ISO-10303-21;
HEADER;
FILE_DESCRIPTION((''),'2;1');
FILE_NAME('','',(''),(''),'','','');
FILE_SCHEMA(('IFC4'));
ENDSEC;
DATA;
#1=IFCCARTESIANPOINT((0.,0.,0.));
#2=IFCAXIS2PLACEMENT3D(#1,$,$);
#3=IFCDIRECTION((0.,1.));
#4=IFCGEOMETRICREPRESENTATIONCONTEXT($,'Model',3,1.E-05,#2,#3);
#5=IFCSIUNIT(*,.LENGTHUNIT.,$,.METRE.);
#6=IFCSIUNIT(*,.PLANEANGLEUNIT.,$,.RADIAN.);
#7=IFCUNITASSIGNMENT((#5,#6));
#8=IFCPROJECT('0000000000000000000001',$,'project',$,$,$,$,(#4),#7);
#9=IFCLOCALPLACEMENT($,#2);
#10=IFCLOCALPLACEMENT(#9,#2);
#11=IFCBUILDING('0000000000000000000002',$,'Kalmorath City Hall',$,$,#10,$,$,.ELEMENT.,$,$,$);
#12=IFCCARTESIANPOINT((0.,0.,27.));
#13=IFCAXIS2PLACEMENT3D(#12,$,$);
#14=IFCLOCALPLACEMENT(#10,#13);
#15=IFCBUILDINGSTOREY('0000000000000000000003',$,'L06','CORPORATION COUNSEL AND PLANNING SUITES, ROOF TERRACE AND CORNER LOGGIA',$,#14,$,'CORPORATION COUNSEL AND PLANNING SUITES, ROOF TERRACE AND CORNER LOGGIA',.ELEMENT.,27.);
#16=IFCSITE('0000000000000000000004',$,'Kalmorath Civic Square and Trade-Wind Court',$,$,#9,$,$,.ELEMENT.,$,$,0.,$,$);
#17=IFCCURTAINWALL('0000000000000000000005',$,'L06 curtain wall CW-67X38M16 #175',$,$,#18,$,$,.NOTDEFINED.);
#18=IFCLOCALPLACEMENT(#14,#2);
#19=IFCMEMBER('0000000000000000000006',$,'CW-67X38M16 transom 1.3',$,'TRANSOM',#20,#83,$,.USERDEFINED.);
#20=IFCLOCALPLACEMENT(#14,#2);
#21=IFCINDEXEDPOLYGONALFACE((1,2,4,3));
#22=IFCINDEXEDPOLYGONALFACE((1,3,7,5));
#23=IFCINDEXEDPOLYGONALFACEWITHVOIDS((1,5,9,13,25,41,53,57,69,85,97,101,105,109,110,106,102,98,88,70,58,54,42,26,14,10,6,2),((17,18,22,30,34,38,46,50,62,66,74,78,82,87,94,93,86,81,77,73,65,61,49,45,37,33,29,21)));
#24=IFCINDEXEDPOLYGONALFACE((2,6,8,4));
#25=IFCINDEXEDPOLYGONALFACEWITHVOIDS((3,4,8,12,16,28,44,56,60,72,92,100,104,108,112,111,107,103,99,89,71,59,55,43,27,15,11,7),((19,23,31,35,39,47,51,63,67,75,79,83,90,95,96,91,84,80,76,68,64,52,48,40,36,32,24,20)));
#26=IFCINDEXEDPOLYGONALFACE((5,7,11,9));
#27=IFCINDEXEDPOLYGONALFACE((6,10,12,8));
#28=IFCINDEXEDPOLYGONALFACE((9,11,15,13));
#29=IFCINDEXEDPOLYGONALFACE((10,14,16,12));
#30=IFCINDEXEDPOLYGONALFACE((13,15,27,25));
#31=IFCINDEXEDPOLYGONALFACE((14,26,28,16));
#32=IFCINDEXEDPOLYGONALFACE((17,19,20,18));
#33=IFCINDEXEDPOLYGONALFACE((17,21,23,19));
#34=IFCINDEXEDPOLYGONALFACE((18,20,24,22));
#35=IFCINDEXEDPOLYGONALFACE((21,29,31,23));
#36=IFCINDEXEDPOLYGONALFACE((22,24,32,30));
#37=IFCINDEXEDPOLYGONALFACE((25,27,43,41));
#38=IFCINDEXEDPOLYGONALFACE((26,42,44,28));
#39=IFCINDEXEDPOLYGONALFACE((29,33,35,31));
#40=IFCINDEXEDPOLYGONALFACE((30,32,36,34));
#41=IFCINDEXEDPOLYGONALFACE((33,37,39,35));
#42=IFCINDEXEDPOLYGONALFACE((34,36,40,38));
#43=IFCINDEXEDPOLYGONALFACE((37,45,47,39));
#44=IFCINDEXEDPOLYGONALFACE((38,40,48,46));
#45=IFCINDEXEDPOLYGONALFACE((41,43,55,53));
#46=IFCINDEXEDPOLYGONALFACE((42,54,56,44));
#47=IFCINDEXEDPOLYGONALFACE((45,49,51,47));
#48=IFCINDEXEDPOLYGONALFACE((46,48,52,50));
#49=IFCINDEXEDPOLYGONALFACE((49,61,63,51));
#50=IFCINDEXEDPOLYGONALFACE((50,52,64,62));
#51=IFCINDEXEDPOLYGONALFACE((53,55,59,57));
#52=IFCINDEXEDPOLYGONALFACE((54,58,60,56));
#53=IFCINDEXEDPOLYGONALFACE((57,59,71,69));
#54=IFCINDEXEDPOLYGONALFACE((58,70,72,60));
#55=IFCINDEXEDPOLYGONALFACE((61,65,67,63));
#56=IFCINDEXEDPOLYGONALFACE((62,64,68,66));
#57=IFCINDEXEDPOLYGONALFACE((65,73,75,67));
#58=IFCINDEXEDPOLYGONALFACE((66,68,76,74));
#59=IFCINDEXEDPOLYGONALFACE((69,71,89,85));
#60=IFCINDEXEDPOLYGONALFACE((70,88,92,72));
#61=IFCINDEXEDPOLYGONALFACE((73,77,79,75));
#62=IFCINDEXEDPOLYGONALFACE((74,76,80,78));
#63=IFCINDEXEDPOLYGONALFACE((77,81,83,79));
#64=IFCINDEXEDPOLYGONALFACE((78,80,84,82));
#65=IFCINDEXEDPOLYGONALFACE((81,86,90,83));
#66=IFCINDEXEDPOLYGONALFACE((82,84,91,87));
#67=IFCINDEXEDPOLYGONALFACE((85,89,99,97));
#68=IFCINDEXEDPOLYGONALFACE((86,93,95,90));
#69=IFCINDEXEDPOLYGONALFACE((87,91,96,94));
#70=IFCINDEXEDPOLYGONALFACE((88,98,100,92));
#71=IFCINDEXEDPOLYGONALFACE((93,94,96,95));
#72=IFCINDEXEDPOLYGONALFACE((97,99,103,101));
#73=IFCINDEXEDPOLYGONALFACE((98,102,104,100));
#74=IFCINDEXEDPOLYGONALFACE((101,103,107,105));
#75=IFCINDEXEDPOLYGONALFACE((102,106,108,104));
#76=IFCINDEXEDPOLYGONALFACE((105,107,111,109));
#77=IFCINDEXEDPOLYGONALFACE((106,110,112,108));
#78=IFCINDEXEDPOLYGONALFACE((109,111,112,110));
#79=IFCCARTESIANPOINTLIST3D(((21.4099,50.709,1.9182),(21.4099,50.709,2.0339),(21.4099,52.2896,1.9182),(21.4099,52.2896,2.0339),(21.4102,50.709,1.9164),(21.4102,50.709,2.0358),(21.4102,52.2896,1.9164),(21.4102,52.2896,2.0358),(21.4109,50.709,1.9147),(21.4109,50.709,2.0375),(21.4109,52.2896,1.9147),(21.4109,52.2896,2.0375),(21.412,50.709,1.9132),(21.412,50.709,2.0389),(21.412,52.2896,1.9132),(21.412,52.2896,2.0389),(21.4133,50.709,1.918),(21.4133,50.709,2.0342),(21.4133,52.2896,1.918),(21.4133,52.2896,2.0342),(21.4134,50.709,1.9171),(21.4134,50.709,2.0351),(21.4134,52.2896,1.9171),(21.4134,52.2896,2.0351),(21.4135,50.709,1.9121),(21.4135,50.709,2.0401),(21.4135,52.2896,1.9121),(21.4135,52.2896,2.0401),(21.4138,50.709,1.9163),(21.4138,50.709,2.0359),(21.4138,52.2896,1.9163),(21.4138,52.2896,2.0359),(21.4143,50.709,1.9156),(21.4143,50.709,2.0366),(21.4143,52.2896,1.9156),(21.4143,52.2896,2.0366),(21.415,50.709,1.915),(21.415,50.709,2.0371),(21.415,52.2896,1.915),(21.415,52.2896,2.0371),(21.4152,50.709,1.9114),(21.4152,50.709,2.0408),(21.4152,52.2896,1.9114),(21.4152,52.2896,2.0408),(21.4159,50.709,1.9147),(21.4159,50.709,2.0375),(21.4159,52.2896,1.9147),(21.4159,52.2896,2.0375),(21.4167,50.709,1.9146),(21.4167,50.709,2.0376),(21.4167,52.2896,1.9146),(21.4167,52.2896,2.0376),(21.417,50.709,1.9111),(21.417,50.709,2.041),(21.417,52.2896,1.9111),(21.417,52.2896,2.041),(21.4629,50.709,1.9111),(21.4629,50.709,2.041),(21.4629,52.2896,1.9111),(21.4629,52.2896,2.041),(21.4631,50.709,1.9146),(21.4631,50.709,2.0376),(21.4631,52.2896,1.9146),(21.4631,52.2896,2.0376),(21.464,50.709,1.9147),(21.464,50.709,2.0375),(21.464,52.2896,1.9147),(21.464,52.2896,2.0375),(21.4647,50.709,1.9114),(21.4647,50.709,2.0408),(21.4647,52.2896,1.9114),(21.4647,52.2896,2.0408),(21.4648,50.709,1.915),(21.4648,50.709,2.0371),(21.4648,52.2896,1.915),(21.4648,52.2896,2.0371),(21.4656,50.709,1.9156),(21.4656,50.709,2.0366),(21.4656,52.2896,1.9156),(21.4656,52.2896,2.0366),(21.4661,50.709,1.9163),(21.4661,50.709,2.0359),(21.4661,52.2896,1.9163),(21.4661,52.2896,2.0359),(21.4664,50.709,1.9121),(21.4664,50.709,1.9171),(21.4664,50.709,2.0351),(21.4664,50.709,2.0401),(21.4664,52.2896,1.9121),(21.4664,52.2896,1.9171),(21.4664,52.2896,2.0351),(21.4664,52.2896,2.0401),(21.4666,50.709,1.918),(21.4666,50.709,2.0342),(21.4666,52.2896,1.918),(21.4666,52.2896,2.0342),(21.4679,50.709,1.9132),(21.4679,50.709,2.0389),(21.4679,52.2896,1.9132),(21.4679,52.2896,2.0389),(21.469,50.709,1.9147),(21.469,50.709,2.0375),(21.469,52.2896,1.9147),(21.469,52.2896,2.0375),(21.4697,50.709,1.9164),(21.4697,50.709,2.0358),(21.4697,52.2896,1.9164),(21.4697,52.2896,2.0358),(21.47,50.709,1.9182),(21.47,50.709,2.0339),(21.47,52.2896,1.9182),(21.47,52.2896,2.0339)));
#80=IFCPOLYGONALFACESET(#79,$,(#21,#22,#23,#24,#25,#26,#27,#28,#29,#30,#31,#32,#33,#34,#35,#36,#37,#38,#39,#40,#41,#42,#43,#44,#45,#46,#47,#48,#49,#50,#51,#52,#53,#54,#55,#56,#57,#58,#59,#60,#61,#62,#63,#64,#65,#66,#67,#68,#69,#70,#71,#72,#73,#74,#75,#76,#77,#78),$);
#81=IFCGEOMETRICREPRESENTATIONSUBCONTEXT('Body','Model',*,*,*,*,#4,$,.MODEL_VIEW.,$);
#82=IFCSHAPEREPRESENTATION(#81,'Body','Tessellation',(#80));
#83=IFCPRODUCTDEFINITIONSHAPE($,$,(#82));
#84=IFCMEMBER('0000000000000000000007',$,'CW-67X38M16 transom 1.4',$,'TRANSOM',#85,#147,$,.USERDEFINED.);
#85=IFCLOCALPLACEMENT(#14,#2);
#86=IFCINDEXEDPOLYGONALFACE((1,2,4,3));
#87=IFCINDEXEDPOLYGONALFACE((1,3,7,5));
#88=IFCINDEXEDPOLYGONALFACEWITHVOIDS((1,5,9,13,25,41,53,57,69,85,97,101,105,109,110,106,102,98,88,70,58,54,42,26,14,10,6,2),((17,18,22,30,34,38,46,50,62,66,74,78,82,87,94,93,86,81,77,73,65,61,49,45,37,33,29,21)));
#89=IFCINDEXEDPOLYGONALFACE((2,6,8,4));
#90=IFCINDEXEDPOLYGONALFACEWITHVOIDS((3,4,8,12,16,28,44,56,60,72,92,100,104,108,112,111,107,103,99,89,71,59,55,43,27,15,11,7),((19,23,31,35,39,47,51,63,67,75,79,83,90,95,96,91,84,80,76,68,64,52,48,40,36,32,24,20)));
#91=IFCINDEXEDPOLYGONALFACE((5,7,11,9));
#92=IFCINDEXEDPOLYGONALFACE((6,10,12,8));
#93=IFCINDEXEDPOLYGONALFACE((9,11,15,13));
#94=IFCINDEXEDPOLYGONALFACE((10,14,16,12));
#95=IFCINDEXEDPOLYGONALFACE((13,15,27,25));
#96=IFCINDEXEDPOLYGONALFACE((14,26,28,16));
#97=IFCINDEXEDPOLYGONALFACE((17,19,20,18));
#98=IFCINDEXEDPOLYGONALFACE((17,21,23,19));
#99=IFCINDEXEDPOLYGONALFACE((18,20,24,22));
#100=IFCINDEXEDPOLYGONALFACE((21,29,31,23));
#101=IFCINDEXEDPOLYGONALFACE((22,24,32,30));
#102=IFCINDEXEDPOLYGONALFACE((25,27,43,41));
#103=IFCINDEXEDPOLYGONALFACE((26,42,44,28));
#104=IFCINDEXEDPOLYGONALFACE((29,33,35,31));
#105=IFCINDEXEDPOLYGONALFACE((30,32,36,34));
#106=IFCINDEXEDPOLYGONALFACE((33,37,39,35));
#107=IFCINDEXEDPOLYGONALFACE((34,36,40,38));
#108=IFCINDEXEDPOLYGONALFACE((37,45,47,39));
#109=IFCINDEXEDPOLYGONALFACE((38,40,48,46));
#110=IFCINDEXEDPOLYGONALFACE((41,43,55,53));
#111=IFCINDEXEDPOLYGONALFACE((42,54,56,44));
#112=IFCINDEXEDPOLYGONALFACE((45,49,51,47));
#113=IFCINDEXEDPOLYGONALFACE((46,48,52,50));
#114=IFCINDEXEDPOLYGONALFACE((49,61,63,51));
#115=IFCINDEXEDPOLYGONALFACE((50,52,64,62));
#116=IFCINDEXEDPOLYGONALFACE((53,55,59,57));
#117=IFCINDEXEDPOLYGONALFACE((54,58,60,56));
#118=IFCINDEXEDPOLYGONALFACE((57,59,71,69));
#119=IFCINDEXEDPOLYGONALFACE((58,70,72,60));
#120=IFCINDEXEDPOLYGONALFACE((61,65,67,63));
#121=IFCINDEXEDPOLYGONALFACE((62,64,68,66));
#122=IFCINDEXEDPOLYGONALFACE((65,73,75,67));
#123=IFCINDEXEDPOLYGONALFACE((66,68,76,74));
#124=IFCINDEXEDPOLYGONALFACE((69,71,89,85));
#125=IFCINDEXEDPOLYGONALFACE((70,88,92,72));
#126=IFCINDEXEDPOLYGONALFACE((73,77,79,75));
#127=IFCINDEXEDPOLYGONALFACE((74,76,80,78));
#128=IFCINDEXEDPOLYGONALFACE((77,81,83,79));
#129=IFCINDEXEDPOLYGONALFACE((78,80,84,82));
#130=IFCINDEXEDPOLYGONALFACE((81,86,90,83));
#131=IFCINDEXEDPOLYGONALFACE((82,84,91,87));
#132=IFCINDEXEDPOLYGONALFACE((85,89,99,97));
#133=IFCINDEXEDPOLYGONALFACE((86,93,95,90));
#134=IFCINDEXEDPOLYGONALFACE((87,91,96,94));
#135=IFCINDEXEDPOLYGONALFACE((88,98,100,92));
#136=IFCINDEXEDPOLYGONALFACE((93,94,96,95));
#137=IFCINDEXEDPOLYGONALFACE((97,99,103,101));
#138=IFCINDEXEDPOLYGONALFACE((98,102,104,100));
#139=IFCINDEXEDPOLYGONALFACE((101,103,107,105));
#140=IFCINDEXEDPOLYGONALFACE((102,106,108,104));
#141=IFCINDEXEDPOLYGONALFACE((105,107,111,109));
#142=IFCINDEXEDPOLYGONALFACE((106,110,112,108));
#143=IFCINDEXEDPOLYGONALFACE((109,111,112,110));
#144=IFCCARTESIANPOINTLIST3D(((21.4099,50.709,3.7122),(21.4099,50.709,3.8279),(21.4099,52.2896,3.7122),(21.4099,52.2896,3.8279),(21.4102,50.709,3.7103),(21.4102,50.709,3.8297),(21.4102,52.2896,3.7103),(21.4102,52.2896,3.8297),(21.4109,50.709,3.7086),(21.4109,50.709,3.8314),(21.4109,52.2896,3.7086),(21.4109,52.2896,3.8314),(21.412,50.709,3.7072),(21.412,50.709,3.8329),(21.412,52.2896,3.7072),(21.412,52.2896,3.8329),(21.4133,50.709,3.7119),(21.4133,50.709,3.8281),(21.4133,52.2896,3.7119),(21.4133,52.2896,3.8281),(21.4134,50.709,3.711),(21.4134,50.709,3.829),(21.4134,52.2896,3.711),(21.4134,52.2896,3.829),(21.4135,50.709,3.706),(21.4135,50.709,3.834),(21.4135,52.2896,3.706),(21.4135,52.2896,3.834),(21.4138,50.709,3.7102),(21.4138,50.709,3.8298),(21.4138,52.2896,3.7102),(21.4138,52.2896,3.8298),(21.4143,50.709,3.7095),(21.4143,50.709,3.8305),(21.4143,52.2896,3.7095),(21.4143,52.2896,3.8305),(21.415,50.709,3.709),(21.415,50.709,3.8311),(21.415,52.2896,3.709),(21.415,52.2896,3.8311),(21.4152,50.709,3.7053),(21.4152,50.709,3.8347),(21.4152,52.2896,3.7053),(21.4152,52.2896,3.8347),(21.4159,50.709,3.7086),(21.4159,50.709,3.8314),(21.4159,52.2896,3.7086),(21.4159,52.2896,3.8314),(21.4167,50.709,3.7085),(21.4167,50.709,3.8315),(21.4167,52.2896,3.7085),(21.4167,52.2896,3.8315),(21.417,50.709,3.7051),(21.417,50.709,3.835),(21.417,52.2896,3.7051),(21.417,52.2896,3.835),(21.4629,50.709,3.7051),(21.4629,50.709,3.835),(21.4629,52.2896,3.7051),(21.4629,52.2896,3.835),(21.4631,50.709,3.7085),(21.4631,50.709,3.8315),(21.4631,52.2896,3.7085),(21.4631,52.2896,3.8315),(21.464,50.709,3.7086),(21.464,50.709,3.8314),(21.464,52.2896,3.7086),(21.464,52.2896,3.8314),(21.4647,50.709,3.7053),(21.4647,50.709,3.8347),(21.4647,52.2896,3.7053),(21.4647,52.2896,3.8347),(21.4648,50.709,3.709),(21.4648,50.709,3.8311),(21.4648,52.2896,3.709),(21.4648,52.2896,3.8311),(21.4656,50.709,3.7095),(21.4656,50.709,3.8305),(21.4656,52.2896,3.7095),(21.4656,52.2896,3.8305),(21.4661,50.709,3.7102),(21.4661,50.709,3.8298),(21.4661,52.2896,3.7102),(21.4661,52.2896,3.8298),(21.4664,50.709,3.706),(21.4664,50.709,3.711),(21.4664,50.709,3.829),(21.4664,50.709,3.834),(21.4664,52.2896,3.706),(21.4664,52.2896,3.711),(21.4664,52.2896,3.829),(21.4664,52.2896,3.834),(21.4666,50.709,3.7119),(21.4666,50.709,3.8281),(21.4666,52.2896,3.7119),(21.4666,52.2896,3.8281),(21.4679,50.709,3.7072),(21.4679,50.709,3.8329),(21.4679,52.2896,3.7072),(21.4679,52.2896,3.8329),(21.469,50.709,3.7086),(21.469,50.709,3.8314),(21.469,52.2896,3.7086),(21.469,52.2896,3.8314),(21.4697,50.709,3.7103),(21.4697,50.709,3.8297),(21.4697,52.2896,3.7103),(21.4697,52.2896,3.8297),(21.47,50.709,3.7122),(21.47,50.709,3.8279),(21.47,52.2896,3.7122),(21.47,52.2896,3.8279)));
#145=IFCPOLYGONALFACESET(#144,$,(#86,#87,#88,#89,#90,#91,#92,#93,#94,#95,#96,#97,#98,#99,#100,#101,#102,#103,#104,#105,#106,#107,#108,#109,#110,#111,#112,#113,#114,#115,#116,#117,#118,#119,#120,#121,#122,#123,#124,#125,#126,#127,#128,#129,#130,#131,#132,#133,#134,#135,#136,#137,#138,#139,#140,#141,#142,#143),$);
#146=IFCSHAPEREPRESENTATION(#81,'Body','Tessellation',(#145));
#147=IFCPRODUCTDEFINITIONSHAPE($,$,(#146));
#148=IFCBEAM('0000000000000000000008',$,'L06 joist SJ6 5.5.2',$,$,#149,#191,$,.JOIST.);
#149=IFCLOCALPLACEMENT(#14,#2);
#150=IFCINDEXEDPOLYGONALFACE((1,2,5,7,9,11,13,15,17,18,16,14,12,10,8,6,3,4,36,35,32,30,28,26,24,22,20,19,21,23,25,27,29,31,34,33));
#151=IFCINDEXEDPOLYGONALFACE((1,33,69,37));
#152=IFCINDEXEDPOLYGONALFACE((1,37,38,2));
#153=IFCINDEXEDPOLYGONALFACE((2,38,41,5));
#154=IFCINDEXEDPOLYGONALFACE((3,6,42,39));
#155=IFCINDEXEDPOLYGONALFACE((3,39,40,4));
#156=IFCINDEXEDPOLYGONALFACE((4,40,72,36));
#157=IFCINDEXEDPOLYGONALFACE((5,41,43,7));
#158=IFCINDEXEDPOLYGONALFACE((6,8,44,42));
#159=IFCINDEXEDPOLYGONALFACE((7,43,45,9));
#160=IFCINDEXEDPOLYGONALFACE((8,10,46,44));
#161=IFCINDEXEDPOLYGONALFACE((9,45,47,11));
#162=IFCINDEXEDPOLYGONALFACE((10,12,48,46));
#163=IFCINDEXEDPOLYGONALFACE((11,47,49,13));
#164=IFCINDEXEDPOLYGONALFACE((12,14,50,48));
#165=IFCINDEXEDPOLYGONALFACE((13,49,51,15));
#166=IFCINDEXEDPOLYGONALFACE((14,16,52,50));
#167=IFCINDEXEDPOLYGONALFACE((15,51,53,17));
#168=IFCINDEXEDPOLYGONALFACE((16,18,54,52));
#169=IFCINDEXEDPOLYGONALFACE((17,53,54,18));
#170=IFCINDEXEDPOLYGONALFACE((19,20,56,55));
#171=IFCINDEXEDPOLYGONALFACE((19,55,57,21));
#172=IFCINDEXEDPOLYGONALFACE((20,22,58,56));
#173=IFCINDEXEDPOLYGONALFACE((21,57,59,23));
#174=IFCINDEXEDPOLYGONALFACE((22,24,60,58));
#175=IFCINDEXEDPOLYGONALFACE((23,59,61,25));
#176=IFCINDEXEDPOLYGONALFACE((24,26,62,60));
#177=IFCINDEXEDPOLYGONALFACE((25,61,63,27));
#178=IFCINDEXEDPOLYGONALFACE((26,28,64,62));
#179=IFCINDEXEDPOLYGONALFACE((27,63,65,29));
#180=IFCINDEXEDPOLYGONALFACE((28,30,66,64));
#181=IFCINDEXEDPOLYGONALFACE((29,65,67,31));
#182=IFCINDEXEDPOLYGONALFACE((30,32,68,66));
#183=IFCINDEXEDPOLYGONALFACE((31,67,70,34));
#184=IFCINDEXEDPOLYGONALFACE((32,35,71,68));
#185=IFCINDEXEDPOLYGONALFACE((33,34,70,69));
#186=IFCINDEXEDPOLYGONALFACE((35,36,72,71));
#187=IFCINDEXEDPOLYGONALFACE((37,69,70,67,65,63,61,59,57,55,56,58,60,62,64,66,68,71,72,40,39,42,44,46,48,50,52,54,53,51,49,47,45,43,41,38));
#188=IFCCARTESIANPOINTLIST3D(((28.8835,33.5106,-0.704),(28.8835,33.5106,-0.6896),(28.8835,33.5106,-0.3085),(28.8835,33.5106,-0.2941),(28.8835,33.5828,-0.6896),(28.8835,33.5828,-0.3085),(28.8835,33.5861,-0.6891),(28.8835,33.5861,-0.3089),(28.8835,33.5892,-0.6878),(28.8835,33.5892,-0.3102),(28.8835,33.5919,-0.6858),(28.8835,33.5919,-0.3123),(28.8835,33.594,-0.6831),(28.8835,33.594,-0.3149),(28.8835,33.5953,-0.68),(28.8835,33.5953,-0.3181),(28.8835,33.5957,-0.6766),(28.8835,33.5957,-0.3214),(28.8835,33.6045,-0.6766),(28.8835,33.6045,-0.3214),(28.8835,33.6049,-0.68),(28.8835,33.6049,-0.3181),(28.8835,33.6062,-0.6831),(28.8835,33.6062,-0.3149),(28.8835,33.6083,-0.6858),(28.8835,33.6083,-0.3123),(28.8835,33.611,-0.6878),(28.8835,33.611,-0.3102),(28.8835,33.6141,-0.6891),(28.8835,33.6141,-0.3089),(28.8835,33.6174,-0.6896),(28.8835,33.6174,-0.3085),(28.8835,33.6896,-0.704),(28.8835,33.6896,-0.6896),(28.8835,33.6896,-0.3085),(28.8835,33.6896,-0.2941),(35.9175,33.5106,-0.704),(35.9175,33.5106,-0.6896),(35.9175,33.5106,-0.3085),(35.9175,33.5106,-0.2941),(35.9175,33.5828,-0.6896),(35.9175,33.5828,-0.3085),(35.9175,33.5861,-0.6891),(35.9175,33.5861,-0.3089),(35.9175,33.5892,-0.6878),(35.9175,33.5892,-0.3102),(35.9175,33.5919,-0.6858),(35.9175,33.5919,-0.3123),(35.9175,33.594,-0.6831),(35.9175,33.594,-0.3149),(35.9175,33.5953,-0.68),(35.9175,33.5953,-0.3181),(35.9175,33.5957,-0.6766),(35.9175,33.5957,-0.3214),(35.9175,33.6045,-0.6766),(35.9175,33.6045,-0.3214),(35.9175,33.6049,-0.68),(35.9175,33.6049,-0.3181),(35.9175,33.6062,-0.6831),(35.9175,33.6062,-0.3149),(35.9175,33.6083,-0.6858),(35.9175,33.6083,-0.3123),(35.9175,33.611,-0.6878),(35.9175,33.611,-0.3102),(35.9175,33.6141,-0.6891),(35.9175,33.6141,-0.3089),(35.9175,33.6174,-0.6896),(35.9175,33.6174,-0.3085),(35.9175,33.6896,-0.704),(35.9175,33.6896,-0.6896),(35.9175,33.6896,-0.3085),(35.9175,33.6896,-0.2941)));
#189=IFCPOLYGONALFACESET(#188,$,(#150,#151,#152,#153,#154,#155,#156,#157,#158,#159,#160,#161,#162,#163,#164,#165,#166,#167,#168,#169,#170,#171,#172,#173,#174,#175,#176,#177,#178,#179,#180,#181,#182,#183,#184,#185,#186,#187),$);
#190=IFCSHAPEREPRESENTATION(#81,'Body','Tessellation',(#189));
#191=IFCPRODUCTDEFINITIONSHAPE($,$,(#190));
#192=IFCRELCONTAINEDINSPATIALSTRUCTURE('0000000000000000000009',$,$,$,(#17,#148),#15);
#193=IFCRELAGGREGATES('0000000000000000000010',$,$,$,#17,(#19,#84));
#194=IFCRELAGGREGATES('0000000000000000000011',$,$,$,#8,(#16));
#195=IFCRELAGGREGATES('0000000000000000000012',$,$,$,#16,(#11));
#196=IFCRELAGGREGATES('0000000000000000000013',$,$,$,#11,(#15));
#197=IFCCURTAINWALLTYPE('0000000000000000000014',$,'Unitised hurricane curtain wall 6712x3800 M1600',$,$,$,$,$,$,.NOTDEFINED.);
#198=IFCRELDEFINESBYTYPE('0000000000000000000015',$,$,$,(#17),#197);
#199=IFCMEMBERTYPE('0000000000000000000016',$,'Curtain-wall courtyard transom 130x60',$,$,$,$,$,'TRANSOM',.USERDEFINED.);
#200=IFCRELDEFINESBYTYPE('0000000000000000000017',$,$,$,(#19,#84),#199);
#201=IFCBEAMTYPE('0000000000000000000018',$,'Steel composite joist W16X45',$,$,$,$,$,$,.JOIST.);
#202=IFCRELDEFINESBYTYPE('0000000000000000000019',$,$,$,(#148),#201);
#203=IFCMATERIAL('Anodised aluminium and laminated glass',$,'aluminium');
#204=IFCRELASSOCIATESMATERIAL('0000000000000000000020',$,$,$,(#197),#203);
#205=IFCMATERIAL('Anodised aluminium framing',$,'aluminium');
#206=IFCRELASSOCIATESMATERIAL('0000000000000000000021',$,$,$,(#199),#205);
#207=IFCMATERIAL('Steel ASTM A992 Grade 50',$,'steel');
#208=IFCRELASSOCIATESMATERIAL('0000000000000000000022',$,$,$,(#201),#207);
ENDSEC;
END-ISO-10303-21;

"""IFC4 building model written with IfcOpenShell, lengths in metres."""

from ifc_helpers import new_model, si_unit, direction, frame, origin, origin_2d, place, context, subcontext, project, spatial, hollow_rectangle, i_section, extrude, material, material_profile, profile_set, type_object, element, aggregate, save


model = new_model("IFC4")

# Units and contexts
model_context = context("Model", 3, precision=1e-05, world=origin(), true_north=direction((0.0, 1.0)))
body_context = subcontext(model_context, "Body", "Model", "MODEL_VIEW")
ifc_project = project(units=[si_unit("LENGTHUNIT", "METRE"), si_unit("PLANEANGLEUNIT", "RADIAN")], contexts=[model_context])

# Site, building, storey
site_placement = place(None, origin())
site = spatial("IfcSite", under=ifc_project, at=site_placement, Name="Kalmorath Civic Square and Trade-Wind Court", CompositionType="ELEMENT", RefElevation=0.0)
building_placement = place(site_placement, origin())
building = spatial("IfcBuilding", under=site, at=building_placement, Name="Kalmorath City Hall", CompositionType="ELEMENT")
storey_placement = place(building_placement, frame((0.0, 0.0, 27.0)))
storey = spatial("IfcBuildingStorey", under=building, at=storey_placement, Name="L06", Description="CORPORATION COUNSEL AND PLANNING SUITES, ROOF TERRACE AND CORNER LOGGIA", LongName="CORPORATION COUNSEL AND PLANNING SUITES, ROOF TERRACE AND CORNER LOGGIA", CompositionType="ELEMENT", Elevation=27.0)

# Curtain wall
ifc_material_1 = material(Name="Anodised aluminium and laminated glass", Category="aluminium")
curtain_wall_type_1 = type_object("IfcCurtainWallType", Name="Unitised hurricane curtain wall 6712x3800 M1600", PredefinedType="NOTDEFINED", material=ifc_material_1)
curtain_wall_1_placement = place(storey_placement, origin())
curtain_wall_1 = element("IfcCurtainWall", 1, at=curtain_wall_1_placement, inside=storey, type_object=curtain_wall_type_1, Name="L06 curtain wall CW-67X38M16 #175", PredefinedType="NOTDEFINED")

# Members
ifc_material_2 = material(Name="Anodised aluminium framing", Category="aluminium")
ifc_material_profile_1 = material_profile(ifc_material_2, hollow_rectangle(XDim=0.0601, YDim=0.1299, WallThickness=0.0034, InnerFilletRadius=0.0034, OuterFilletRadius=0.0071, at=origin_2d()), Name="ALU-TRN-130X60X3.5")
ifc_profile_set_1 = profile_set([ifc_material_profile_1], Name="Anodised aluminium framing")
member_type_1 = type_object("IfcMemberType", Name="Curtain-wall courtyard transom 130x60", ElementType="TRANSOM", PredefinedType="USERDEFINED", material=ifc_profile_set_1)
member_1_placement = place(storey_placement, frame((21.4399, 50.709, 1.9761), z_axis=(0.0, 1.0, 0.0), x_axis=(-1.0, 0.0, 0.0)))
member_1 = element("IfcMember", 2, at=member_1_placement, type_object=member_type_1, Name="CW-67X38M16 transom 1.3", ObjectType="TRANSOM", PredefinedType="USERDEFINED", context=body_context, shape_type="SweptSolid", body=[
    extrude(hollow_rectangle(XDim=0.0601, YDim=0.1299, WallThickness=0.0034, InnerFilletRadius=0.0034, OuterFilletRadius=0.0071, at=origin_2d()), origin(), (0.0, 0.0, 1.0), 1.5806),
])
member_2_placement = place(storey_placement, frame((21.4399, 50.709, 3.77), z_axis=(0.0, 1.0, 0.0), x_axis=(-1.0, 0.0, 0.0)))
member_2 = element("IfcMember", 3, at=member_2_placement, type_object=member_type_1, Name="CW-67X38M16 transom 1.4", ObjectType="TRANSOM", PredefinedType="USERDEFINED", context=body_context, shape_type="SweptSolid", body=[
    extrude(hollow_rectangle(XDim=0.0601, YDim=0.1299, WallThickness=0.0034, InnerFilletRadius=0.0034, OuterFilletRadius=0.0071, at=origin_2d()), origin(), (0.0, 0.0, 1.0), 1.5806),
])
aggregate(curtain_wall_1, [member_1, member_2])

# Beam
ifc_material_3 = material(Name="Steel ASTM A992 Grade 50", Category="steel")
ifc_material_profile_2 = material_profile(ifc_material_3, i_section(OverallWidth=0.179, OverallDepth=0.4099, WebThickness=0.0088, FlangeThickness=0.0144, FilletRadius=0.0129, at=origin_2d()), Name="W16X45")
ifc_profile_set_2 = profile_set([ifc_material_profile_2], Name="Steel ASTM A992 Grade 50")
beam_type_1 = type_object("IfcBeamType", Name="Steel composite joist W16X45", PredefinedType="JOIST", material=ifc_profile_set_2)
beam_1_placement = place(storey_placement, frame((28.8835, 33.6001, -0.499), z_axis=(1.0, 0.0, 0.0), x_axis=(0.0, 1.0, 0.0)))
element("IfcBeam", 4, at=beam_1_placement, inside=storey, type_object=beam_type_1, Name="L06 joist SJ6 5.5.2", PredefinedType="JOIST", context=body_context, shape_type="SweptSolid", body=[
    extrude(i_section(OverallWidth=0.179, OverallDepth=0.4099, WebThickness=0.0088, FlangeThickness=0.0144, FilletRadius=0.0129, at=origin_2d()), origin(), (0.0, 0.0, 1.0), 7.0339),
])

save(model, "model.ifc")
